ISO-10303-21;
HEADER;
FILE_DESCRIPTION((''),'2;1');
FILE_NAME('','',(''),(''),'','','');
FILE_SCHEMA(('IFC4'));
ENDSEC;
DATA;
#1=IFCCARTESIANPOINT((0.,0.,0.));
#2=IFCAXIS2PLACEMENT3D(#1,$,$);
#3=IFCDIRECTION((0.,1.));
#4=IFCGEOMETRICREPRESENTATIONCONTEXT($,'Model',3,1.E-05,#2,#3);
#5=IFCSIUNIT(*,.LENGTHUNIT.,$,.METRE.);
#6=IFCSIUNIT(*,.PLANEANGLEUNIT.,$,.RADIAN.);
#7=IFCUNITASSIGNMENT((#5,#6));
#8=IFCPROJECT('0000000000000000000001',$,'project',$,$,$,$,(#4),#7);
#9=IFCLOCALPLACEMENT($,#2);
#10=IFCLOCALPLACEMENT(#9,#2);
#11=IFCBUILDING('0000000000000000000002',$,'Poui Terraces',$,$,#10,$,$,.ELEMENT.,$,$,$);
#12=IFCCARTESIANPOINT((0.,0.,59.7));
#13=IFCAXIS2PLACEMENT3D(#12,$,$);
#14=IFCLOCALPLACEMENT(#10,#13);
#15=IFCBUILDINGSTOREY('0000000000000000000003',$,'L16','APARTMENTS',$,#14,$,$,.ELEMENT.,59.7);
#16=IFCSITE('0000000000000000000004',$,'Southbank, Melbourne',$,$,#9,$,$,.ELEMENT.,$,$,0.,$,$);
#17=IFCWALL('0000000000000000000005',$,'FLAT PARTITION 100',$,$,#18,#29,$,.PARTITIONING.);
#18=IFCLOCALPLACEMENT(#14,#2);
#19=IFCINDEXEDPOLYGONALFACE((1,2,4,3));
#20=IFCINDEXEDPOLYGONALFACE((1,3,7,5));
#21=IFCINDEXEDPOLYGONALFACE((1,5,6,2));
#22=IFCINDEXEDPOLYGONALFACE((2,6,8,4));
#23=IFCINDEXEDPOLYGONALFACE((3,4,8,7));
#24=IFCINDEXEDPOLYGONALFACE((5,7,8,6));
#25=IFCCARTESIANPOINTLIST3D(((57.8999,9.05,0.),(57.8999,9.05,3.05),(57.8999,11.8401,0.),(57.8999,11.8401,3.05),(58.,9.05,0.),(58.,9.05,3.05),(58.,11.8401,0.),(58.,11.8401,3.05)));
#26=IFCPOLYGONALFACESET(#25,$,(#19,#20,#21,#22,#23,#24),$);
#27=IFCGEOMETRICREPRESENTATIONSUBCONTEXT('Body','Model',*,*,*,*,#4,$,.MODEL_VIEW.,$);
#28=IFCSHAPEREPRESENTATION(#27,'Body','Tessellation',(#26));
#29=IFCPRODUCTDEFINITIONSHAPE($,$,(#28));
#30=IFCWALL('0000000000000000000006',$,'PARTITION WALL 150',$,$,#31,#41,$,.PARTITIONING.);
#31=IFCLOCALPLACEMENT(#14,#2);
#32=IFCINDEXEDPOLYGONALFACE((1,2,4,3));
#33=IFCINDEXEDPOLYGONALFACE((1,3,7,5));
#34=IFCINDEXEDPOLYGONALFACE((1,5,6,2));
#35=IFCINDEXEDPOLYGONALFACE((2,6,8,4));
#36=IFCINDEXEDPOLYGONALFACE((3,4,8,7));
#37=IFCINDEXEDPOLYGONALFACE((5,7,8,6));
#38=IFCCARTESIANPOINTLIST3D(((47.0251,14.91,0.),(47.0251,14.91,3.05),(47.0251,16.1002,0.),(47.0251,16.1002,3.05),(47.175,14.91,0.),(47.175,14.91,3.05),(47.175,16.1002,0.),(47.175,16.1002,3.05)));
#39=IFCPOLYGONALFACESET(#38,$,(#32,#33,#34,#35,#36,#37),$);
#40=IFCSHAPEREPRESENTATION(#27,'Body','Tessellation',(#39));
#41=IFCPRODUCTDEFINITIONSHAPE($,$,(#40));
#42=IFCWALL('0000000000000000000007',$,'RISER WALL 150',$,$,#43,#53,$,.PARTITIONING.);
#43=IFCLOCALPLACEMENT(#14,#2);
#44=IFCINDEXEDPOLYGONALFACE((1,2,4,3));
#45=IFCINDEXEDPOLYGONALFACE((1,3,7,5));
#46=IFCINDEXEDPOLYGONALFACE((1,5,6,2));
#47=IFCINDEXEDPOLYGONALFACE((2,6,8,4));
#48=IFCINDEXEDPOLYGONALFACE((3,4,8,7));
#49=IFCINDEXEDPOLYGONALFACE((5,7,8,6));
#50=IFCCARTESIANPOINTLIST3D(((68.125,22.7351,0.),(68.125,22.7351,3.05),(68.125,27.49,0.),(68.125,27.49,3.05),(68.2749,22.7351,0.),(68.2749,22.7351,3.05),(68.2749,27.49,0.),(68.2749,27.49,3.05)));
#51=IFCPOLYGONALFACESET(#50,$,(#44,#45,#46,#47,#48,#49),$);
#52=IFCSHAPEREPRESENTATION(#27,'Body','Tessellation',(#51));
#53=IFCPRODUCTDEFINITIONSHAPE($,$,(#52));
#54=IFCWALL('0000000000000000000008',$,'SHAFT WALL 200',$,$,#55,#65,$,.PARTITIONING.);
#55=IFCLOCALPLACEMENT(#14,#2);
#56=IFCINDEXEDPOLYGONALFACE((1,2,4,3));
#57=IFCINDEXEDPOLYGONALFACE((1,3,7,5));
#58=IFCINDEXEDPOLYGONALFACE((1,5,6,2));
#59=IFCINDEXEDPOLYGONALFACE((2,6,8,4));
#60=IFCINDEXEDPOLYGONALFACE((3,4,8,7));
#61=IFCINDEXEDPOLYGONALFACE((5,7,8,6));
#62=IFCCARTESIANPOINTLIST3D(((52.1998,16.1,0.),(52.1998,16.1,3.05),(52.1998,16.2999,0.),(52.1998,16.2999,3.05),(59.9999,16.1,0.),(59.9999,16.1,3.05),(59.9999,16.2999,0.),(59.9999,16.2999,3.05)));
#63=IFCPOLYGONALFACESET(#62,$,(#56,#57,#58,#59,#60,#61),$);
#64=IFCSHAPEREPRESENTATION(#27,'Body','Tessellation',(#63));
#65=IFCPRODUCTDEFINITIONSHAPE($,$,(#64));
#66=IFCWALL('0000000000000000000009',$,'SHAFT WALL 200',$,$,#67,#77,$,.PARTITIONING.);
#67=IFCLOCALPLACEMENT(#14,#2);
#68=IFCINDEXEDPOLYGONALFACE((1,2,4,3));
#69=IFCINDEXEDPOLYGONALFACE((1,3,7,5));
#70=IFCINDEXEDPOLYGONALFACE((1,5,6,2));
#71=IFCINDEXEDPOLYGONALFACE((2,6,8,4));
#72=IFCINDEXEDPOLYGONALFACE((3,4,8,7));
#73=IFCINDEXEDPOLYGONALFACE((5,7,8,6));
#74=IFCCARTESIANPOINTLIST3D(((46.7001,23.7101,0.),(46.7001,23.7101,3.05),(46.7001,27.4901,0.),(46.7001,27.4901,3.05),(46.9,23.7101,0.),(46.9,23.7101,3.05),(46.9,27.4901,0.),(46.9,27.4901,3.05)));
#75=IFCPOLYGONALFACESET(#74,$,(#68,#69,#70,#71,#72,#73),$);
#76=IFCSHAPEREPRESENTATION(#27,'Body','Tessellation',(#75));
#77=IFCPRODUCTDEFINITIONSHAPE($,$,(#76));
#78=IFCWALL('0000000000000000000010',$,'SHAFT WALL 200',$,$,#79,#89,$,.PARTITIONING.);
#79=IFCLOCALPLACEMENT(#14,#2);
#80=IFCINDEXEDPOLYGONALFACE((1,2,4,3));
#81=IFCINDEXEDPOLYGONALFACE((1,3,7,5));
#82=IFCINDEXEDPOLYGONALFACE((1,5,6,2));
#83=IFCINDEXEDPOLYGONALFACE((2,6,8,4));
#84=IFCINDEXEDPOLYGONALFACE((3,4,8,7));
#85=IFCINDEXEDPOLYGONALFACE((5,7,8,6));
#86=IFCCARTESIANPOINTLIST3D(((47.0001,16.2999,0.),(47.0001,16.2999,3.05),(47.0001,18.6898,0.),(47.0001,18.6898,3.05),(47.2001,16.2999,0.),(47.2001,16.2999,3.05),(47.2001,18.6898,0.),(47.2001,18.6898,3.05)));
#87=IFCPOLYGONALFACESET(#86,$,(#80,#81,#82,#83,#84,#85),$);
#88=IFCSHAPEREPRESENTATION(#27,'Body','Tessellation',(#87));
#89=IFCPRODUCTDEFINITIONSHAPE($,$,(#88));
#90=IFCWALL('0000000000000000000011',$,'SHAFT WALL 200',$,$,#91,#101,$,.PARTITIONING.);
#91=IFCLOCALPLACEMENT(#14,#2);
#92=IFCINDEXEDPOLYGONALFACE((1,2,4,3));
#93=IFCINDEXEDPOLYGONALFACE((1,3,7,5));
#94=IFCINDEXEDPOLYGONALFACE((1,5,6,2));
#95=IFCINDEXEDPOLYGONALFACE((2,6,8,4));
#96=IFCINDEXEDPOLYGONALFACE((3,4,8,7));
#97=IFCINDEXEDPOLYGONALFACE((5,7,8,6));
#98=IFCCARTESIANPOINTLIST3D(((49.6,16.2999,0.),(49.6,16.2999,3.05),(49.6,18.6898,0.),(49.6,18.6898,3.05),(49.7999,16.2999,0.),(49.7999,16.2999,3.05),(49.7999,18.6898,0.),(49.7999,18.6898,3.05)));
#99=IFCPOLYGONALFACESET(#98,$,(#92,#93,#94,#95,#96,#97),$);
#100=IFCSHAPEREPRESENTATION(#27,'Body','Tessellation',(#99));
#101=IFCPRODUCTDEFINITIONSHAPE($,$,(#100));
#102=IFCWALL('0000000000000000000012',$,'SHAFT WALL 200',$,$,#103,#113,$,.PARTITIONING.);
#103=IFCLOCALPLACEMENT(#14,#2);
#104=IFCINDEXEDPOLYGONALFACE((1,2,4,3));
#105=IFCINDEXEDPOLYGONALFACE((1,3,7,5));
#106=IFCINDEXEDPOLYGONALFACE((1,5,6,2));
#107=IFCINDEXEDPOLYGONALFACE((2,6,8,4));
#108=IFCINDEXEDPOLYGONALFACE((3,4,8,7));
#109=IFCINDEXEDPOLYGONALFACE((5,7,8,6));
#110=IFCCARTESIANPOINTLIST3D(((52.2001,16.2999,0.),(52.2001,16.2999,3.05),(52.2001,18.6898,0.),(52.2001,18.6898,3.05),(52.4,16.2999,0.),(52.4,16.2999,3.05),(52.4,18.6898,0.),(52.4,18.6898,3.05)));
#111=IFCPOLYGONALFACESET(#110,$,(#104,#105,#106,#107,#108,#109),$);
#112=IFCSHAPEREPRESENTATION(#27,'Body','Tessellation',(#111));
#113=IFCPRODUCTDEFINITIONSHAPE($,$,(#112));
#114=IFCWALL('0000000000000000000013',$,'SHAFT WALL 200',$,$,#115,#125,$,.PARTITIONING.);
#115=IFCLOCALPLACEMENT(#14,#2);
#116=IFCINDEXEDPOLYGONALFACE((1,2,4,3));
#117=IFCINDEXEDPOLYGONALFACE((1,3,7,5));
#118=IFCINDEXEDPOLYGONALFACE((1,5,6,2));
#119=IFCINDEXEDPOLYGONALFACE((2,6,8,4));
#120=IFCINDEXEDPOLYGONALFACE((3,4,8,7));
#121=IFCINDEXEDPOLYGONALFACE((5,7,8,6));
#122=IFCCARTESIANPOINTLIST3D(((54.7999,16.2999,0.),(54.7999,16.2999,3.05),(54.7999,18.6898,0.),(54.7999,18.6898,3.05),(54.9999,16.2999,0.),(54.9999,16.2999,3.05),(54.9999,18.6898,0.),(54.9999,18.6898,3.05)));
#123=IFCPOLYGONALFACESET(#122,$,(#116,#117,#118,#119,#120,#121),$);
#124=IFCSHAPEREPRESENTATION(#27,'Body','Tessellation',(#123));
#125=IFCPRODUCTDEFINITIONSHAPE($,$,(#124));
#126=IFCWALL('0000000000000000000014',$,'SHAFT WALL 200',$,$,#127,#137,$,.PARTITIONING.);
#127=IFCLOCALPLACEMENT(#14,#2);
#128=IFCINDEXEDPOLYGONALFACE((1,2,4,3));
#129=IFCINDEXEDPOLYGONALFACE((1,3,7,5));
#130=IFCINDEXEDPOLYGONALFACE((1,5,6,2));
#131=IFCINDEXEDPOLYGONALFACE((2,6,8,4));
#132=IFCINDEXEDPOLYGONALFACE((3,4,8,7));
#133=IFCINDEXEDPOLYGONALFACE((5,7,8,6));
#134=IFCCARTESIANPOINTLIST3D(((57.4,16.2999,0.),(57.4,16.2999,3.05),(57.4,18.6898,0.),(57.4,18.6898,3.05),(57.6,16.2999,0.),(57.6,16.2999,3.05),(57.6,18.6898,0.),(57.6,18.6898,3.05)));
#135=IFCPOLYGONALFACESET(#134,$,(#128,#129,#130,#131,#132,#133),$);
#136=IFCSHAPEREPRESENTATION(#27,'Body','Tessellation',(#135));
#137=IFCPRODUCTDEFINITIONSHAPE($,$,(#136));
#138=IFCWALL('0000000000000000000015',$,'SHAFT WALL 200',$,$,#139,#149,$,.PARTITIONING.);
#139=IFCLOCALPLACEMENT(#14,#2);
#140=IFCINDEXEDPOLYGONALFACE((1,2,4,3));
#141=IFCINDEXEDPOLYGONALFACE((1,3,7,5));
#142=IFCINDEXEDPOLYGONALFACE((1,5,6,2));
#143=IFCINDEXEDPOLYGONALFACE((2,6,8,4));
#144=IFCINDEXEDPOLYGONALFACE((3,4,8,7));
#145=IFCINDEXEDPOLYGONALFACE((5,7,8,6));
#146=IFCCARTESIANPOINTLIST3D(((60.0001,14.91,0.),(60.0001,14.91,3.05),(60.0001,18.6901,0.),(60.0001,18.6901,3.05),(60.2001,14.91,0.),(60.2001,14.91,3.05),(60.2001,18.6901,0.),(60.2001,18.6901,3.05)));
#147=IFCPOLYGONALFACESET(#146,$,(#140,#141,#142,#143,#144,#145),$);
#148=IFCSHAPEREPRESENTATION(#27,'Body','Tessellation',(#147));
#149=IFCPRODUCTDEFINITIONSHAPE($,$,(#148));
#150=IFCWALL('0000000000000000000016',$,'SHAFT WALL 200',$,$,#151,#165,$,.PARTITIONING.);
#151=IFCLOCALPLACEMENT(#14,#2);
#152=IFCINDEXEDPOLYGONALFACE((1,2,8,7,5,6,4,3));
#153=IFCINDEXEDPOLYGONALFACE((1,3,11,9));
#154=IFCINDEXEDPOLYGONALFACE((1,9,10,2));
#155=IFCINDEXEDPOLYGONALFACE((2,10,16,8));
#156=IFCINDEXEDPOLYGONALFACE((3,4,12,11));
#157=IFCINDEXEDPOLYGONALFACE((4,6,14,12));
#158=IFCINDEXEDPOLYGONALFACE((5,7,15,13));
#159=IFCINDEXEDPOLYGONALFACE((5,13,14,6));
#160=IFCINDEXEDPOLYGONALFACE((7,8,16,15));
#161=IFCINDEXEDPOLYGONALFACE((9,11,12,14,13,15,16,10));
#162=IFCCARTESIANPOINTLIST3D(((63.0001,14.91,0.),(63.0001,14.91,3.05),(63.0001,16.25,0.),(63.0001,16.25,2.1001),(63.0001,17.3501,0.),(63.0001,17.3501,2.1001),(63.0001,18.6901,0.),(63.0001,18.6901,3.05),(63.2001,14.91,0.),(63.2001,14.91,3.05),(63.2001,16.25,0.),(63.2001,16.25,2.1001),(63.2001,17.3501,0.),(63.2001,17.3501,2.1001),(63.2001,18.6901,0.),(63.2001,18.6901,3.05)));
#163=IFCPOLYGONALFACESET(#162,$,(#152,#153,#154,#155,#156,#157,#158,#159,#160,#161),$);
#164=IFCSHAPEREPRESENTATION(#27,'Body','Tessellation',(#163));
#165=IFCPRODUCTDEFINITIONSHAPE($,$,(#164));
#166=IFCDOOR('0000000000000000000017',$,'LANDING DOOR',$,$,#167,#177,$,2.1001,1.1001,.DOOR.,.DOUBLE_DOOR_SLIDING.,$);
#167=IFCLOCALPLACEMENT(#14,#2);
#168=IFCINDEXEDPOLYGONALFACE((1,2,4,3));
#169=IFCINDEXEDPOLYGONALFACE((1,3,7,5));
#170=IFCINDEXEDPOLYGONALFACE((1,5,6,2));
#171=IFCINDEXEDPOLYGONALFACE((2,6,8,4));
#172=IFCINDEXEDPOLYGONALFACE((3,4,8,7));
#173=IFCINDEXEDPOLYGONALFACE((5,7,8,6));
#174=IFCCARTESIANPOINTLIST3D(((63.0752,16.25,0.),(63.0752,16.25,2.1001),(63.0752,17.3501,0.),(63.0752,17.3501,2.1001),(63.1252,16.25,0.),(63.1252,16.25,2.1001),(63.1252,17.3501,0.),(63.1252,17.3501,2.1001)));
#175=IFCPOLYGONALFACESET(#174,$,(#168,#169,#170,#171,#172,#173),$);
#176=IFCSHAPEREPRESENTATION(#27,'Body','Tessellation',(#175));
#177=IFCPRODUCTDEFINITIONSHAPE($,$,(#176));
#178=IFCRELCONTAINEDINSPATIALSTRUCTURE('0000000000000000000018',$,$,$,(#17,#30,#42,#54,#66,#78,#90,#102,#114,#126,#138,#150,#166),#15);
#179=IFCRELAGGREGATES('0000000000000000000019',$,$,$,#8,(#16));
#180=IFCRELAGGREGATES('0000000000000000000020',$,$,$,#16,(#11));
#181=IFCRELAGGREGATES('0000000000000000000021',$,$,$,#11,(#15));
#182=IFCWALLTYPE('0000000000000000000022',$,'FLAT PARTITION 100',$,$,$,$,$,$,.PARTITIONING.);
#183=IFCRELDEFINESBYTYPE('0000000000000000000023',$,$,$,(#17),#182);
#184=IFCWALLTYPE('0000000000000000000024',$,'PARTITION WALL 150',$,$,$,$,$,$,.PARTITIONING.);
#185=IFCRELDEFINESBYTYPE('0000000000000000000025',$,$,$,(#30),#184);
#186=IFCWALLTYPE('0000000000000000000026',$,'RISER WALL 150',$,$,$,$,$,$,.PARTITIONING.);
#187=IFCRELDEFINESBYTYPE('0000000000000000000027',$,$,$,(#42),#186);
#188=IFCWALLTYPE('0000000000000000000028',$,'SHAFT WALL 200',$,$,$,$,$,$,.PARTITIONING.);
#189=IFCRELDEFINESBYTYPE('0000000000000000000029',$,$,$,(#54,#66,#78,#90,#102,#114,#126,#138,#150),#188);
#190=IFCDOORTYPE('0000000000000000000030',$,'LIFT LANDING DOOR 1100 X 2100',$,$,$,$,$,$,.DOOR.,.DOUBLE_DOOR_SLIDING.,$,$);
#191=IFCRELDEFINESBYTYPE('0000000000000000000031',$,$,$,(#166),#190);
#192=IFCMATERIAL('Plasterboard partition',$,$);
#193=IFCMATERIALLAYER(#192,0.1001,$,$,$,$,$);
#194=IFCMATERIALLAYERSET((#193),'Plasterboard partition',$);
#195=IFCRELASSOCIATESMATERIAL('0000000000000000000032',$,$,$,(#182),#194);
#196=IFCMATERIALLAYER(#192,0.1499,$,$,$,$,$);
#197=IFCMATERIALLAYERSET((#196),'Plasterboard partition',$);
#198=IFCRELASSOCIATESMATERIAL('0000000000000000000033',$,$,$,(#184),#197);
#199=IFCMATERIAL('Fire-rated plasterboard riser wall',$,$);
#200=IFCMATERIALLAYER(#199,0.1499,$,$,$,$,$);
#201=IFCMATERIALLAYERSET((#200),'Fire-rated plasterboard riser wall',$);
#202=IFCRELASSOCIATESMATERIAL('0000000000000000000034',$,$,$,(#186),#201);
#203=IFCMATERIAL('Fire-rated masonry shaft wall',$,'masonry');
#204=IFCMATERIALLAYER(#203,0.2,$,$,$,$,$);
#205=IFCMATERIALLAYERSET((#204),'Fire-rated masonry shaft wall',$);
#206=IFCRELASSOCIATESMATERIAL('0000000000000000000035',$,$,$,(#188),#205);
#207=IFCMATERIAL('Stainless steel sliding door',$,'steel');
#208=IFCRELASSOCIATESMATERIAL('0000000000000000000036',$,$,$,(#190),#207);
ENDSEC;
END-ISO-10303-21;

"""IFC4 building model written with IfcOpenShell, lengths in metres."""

from ifc_helpers import new_model, si_unit, direction, frame, frame_2d, origin, place, context, subcontext, project, spatial, rectangle, extrude, material, layer, layer_set, type_object, element, fill, save


model = new_model("IFC4")

# Units and contexts
model_context = context("Model", 3, precision=1e-05, world=origin(), true_north=direction((0.0, 1.0)))
body_context = subcontext(model_context, "Body", "Model", "MODEL_VIEW")
ifc_project = project(units=[si_unit("LENGTHUNIT", "METRE"), si_unit("PLANEANGLEUNIT", "RADIAN")], contexts=[model_context])

# Site, building, storey
site_placement = place(None, origin())
site = spatial("IfcSite", under=ifc_project, at=site_placement, Name="Southbank, Melbourne", CompositionType="ELEMENT", RefElevation=0.0)
building_placement = place(site_placement, origin())
building = spatial("IfcBuilding", under=site, at=building_placement, Name="Poui Terraces", CompositionType="ELEMENT")
storey_placement = place(building_placement, frame((0.0, 0.0, 59.7)))
storey = spatial("IfcBuildingStorey", under=building, at=storey_placement, Name="L16", Description="APARTMENTS", CompositionType="ELEMENT", Elevation=59.7)

# Walls
ifc_material_1 = material(Name="Plasterboard partition")
ifc_layer_1 = layer(ifc_material_1, 0.1001)
ifc_layer_set_1 = layer_set([ifc_layer_1], Name="Plasterboard partition")
wall_type_1 = type_object("IfcWallType", Name="FLAT PARTITION 100", PredefinedType="PARTITIONING", material=ifc_layer_set_1)
wall_1_placement = place(storey_placement, frame((57.95, 9.05, 0.0), z_axis=(0.0, 0.0, 1.0), x_axis=(0.0, 1.0, 0.0)))
element("IfcWall", 1, at=wall_1_placement, inside=storey, type_object=wall_type_1, Name="FLAT PARTITION 100", PredefinedType="PARTITIONING", context=body_context, shape_type="SweptSolid", body=[
    extrude(rectangle(XDim=2.79, YDim=0.1001, at=frame_2d((1.395, 0.0))), origin(), (0.0, 0.0, 1.0), 3.05),
])
ifc_layer_2 = layer(ifc_material_1, 0.1499)
ifc_layer_set_2 = layer_set([ifc_layer_2], Name="Plasterboard partition")
wall_type_2 = type_object("IfcWallType", Name="PARTITION WALL 150", PredefinedType="PARTITIONING", material=ifc_layer_set_2)
wall_2_placement = place(storey_placement, frame((47.1001, 14.9099, 0.0), z_axis=(0.0, 0.0, 1.0), x_axis=(0.0, 1.0, 0.0)))
element("IfcWall", 2, at=wall_2_placement, inside=storey, type_object=wall_type_2, Name="PARTITION WALL 150", PredefinedType="PARTITIONING", context=body_context, shape_type="SweptSolid", body=[
    extrude(rectangle(XDim=1.1902, YDim=0.1499, at=frame_2d((0.5952, 0.0))), origin(), (0.0, 0.0, 1.0), 3.05),
])
ifc_material_2 = material(Name="Fire-rated plasterboard riser wall")
ifc_layer_3 = layer(ifc_material_2, 0.1499)
ifc_layer_set_3 = layer_set([ifc_layer_3], Name="Fire-rated plasterboard riser wall")
wall_type_3 = type_object("IfcWallType", Name="RISER WALL 150", PredefinedType="PARTITIONING", material=ifc_layer_set_3)
wall_3_placement = place(storey_placement, frame((68.2, 22.7351, 0.0), z_axis=(0.0, 0.0, 1.0), x_axis=(0.0, 1.0, 0.0)))
element("IfcWall", 3, at=wall_3_placement, inside=storey, type_object=wall_type_3, Name="RISER WALL 150", PredefinedType="PARTITIONING", context=body_context, shape_type="SweptSolid", body=[
    extrude(rectangle(XDim=4.7549, YDim=0.1499, at=frame_2d((2.3774, 0.0))), origin(), (0.0, 0.0, 1.0), 3.05),
])
ifc_material_3 = material(Name="Fire-rated masonry shaft wall", Category="masonry")
ifc_layer_4 = layer(ifc_material_3, 0.2)
ifc_layer_set_4 = layer_set([ifc_layer_4], Name="Fire-rated masonry shaft wall")
wall_type_4 = type_object("IfcWallType", Name="SHAFT WALL 200", PredefinedType="PARTITIONING", material=ifc_layer_set_4)
wall_4_placement = place(storey_placement, frame((52.2, 16.2, 0.0), z_axis=(0.0, 0.0, 1.0), x_axis=(1.0, 0.0, 0.0)))
element("IfcWall", 4, at=wall_4_placement, inside=storey, type_object=wall_type_4, Name="SHAFT WALL 200", PredefinedType="PARTITIONING", context=body_context, shape_type="SweptSolid", body=[
    extrude(rectangle(XDim=7.8, YDim=0.2, at=frame_2d((3.8999, 0.0))), origin(), (0.0, 0.0, 1.0), 3.05),
])
wall_5_placement = place(storey_placement, frame((46.8, 23.71, 0.0), z_axis=(0.0, 0.0, 1.0), x_axis=(0.0, 1.0, 0.0)))
element("IfcWall", 5, at=wall_5_placement, inside=storey, type_object=wall_type_4, Name="SHAFT WALL 200", PredefinedType="PARTITIONING", context=body_context, shape_type="SweptSolid", body=[
    extrude(rectangle(XDim=3.78, YDim=0.2, at=frame_2d((1.8901, 0.0))), origin(), (0.0, 0.0, 1.0), 3.05),
])
for number, where, z_axis, x_axis, name in (
    (6, (47.1001, 16.3, 0.0), (0.0, 0.0, 1.0), (0.0, 1.0, 0.0), "SHAFT WALL 200"),
    (7, (49.7, 16.3, 0.0), (0.0, 0.0, 1.0), (0.0, 1.0, 0.0), "SHAFT WALL 200"),
    (8, (52.3, 16.3, 0.0), (0.0, 0.0, 1.0), (0.0, 1.0, 0.0), "SHAFT WALL 200"),
    (9, (54.8999, 16.3, 0.0), (0.0, 0.0, 1.0), (0.0, 1.0, 0.0), "SHAFT WALL 200"),
    (10, (57.5, 16.3, 0.0), (0.0, 0.0, 1.0), (0.0, 1.0, 0.0), "SHAFT WALL 200"),
):
    element("IfcWall", number, at=place(storey_placement, frame(where, z_axis=z_axis, x_axis=x_axis)), inside=storey, type_object=wall_type_4, Name=name, PredefinedType="PARTITIONING", context=body_context, shape_type="SweptSolid", body=[
        extrude(rectangle(XDim=2.3899, YDim=0.2, at=frame_2d((1.1948, 0.0))), origin(), (0.0, 0.0, 1.0), 3.05),
    ])
wall_6_placement = place(storey_placement, frame((60.1001, 14.9099, 0.0), z_axis=(0.0, 0.0, 1.0), x_axis=(0.0, 1.0, 0.0)))
element("IfcWall", 11, at=wall_6_placement, inside=storey, type_object=wall_type_4, Name="SHAFT WALL 200", PredefinedType="PARTITIONING", context=body_context, shape_type="SweptSolid", body=[
    extrude(rectangle(XDim=3.78, YDim=0.2, at=frame_2d((1.8901, 0.0))), origin(), (0.0, 0.0, 1.0), 3.05),
])

# Wall, opening, door
wall_7_placement = place(storey_placement, frame((63.1001, 14.9099, 0.0), z_axis=(0.0, 0.0, 1.0), x_axis=(0.0, 1.0, 0.0)))
wall_7 = element("IfcWall", 12, at=wall_7_placement, inside=storey, type_object=wall_type_4, Name="SHAFT WALL 200", PredefinedType="PARTITIONING", context=body_context, shape_type="SweptSolid", body=[
    extrude(rectangle(XDim=3.78, YDim=0.2, at=frame_2d((1.8901, 0.0))), origin(), (0.0, 0.0, 1.0), 3.05),
])
opening_1_placement = place(wall_7_placement, frame((1.3401, 0.0, 0.0)))
opening_1 = element("IfcOpeningElement", 13, at=opening_1_placement, cuts=wall_7, PredefinedType="OPENING", context=body_context, shape_type="SweptSolid", body=[
    extrude(rectangle(XDim=1.1001, YDim=2.1001, at=frame_2d((0.55, 1.05))), frame((0.0, 0.1099, 0.0), z_axis=(0.0, -1.0, 0.0), x_axis=(1.0, 0.0, 0.0)), (0.0, 0.0, 1.0), 0.22),
])
ifc_material_4 = material(Name="Stainless steel sliding door", Category="steel")
door_type_1 = type_object("IfcDoorType", Name="LIFT LANDING DOOR 1100 X 2100", OperationType="DOUBLE_DOOR_SLIDING", PredefinedType="DOOR", material=ifc_material_4)
door_1_placement = place(opening_1_placement, origin())
door_1 = element("IfcDoor", 14, at=door_1_placement, inside=storey, type_object=door_type_1, Name="LANDING DOOR", OperationType="DOUBLE_DOOR_SLIDING", OverallHeight=2.1001, OverallWidth=1.1001, PredefinedType="DOOR", context=body_context, shape_type="SweptSolid", body=[
    extrude(rectangle(XDim=1.1001, YDim=2.1001, at=frame_2d((0.55, 1.05))), frame((0.0, 0.0249, 0.0), z_axis=(0.0, -1.0, 0.0), x_axis=(1.0, 0.0, 0.0)), (0.0, 0.0, 1.0), 0.05),
])
fill(opening_1, door_1)

save(model, "model.ifc")
